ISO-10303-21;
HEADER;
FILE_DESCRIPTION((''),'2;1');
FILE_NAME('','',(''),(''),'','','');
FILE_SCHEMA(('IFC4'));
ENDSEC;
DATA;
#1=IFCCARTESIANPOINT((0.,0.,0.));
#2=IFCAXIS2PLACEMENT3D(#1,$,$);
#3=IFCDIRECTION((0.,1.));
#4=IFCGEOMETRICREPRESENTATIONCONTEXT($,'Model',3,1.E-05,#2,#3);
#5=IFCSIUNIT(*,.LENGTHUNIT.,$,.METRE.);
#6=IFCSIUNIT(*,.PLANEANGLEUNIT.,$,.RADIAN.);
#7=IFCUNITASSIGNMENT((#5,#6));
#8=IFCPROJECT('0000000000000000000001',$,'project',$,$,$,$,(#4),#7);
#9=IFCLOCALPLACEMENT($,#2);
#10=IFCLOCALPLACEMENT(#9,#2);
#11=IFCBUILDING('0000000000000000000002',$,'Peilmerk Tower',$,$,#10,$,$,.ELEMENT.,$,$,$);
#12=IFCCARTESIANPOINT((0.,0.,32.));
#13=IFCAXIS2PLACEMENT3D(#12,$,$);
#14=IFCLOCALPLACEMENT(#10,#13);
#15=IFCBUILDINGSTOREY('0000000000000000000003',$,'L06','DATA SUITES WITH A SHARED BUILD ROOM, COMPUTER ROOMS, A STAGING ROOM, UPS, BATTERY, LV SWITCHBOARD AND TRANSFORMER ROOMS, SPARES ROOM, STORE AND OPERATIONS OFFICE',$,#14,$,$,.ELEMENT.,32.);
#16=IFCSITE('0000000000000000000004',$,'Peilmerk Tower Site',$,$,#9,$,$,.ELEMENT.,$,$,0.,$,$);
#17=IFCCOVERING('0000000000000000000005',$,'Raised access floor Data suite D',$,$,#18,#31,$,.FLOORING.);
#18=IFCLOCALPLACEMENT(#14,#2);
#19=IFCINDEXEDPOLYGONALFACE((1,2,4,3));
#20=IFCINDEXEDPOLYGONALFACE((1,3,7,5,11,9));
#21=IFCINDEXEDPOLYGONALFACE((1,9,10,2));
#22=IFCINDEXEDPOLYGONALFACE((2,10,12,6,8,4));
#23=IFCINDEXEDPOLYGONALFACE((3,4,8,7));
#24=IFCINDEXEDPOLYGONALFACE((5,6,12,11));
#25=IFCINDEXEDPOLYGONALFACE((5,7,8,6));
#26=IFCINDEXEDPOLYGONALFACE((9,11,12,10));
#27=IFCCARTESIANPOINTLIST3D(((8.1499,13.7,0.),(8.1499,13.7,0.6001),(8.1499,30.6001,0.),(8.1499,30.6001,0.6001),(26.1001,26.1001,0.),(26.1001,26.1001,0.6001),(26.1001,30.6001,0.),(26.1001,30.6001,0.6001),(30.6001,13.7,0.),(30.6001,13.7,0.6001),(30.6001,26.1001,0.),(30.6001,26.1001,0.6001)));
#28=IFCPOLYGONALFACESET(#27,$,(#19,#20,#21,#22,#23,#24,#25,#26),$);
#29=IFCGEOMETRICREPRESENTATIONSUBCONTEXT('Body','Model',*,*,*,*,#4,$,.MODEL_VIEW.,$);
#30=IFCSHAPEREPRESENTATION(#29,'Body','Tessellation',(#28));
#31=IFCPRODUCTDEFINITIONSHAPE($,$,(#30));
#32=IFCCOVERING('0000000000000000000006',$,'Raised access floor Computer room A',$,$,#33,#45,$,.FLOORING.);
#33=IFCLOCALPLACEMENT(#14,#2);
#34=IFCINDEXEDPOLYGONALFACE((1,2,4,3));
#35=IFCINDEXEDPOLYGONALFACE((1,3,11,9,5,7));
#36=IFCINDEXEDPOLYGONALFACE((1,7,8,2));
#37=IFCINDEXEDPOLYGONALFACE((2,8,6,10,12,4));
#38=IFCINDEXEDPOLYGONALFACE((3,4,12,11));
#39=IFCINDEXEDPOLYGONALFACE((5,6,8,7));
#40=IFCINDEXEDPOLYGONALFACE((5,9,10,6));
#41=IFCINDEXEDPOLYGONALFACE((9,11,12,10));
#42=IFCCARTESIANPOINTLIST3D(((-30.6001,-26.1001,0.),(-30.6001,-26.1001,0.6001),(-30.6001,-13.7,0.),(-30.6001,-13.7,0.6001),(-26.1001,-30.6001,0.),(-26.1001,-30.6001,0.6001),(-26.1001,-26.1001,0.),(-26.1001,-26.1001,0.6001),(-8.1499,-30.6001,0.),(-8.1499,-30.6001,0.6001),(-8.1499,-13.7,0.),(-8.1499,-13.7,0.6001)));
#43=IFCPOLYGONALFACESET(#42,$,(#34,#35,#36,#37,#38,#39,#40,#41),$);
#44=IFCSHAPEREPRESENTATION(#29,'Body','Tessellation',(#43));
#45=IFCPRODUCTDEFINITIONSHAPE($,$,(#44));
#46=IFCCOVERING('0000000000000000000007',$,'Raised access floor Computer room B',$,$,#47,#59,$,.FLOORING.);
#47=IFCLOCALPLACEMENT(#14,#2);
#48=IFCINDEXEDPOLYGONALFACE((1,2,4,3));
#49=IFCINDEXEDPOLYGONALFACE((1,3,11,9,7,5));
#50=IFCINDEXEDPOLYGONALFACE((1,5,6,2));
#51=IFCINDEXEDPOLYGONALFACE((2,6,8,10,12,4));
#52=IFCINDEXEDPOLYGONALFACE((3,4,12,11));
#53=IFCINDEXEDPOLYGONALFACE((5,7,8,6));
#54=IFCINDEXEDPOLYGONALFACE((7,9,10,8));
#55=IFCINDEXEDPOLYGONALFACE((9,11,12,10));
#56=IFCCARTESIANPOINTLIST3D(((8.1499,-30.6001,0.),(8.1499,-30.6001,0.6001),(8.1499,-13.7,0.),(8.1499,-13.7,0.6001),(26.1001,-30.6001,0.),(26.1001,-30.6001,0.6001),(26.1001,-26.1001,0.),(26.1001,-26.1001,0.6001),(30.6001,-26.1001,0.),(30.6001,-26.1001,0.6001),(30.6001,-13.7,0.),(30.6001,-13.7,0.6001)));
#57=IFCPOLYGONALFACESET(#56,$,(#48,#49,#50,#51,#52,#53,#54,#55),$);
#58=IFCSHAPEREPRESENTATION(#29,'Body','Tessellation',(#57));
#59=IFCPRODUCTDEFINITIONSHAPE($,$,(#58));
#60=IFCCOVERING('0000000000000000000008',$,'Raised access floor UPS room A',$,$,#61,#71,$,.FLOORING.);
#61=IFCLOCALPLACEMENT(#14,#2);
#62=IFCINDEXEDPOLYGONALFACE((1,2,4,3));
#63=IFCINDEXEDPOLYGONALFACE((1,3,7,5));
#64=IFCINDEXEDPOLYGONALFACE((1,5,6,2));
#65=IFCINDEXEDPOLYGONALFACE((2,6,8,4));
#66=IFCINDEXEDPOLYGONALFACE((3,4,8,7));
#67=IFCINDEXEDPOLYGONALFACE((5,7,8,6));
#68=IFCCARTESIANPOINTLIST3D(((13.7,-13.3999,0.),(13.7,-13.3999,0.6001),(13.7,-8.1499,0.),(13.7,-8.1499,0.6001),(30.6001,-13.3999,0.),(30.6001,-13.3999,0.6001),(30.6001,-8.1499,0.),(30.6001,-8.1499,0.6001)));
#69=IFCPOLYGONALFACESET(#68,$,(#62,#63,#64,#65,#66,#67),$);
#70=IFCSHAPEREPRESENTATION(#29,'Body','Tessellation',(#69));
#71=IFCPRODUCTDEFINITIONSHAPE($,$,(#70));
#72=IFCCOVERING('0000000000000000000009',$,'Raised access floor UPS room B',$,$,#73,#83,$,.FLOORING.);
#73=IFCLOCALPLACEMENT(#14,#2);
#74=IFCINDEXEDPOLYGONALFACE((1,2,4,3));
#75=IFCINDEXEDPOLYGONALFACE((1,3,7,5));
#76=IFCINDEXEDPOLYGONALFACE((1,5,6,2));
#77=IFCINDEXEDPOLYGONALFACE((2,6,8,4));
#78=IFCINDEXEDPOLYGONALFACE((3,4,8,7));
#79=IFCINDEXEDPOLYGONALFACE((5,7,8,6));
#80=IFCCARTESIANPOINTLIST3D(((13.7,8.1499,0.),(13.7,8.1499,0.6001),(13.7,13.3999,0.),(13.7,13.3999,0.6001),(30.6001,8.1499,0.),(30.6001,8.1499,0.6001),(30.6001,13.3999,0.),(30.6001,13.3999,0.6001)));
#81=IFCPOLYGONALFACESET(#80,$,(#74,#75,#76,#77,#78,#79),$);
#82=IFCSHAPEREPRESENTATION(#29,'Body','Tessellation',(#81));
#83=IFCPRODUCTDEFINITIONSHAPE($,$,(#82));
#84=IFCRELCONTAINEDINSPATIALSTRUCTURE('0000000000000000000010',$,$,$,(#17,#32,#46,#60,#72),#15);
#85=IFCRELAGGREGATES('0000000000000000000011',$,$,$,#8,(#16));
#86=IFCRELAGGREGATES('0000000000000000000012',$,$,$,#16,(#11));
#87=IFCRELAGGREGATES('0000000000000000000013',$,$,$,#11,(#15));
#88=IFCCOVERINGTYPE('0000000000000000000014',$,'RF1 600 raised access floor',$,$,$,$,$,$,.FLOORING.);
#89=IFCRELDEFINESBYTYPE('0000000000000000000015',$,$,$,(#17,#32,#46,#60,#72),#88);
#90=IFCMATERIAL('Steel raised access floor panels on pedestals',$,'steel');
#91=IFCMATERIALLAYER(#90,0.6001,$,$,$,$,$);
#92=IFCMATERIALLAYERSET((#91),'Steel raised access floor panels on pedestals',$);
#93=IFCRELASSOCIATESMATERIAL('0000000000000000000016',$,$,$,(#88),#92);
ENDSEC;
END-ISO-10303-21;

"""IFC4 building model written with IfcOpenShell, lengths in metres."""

from ifc_helpers import new_model, si_unit, direction, frame, origin, place, context, subcontext, project, spatial, polyline, outline, extrude, material, layer, layer_set, type_object, element, save


model = new_model("IFC4")

# Units and contexts
model_context = context("Model", 3, precision=1e-05, world=origin(), true_north=direction((0.0, 1.0)))
body_context = subcontext(model_context, "Body", "Model", "MODEL_VIEW")
ifc_project = project(units=[si_unit("LENGTHUNIT", "METRE"), si_unit("PLANEANGLEUNIT", "RADIAN")], contexts=[model_context])

# Site, building, storey
site_placement = place(None, origin())
site = spatial("IfcSite", under=ifc_project, at=site_placement, Name="Peilmerk Tower Site", CompositionType="ELEMENT", RefElevation=0.0)
building_placement = place(site_placement, origin())
building = spatial("IfcBuilding", under=site, at=building_placement, Name="Peilmerk Tower", CompositionType="ELEMENT")
storey_placement = place(building_placement, frame((0.0, 0.0, 32.0)))
storey = spatial("IfcBuildingStorey", under=building, at=storey_placement, Name="L06", Description="DATA SUITES WITH A SHARED BUILD ROOM, COMPUTER ROOMS, A STAGING ROOM, UPS, BATTERY, LV SWITCHBOARD AND TRANSFORMER ROOMS, SPARES ROOM, STORE AND OPERATIONS OFFICE", CompositionType="ELEMENT", Elevation=32.0)

# Coverings
ifc_material_1 = material(Name="Steel raised access floor panels on pedestals", Category="steel")
ifc_layer_1 = layer(ifc_material_1, 0.6001)
ifc_layer_set_1 = layer_set([ifc_layer_1], Name="Steel raised access floor panels on pedestals")
covering_type_1 = type_object("IfcCoveringType", Name="RF1 600 raised access floor", PredefinedType="FLOORING", material=ifc_layer_set_1)
covering_1_placement = place(storey_placement, origin())
element("IfcCovering", 1, at=covering_1_placement, inside=storey, type_object=covering_type_1, Name="Raised access floor Data suite D", PredefinedType="FLOORING", context=body_context, shape_type="SweptSolid", body=[
    extrude(outline(polyline([(26.1001, 30.6001), (8.1499, 30.6001), (8.1499, 13.7), (30.6001, 13.7), (30.6001, 26.1001), (26.1001, 26.1001), (26.1001, 30.6001)])), origin(), (0.0, 0.0, 1.0), 0.6001),
])
covering_2_placement = place(storey_placement, origin())
element("IfcCovering", 2, at=covering_2_placement, inside=storey, type_object=covering_type_1, Name="Raised access floor Computer room A", PredefinedType="FLOORING", context=body_context, shape_type="SweptSolid", body=[
    extrude(outline(polyline([(-26.1001, -30.6001), (-8.1499, -30.6001), (-8.1499, -13.7), (-30.6001, -13.7), (-30.6001, -26.1001), (-26.1001, -26.1001), (-26.1001, -30.6001)])), origin(), (0.0, 0.0, 1.0), 0.6001),
])
covering_3_placement = place(storey_placement, origin())
element("IfcCovering", 3, at=covering_3_placement, inside=storey, type_object=covering_type_1, Name="Raised access floor Computer room B", PredefinedType="FLOORING", context=body_context, shape_type="SweptSolid", body=[
    extrude(outline(polyline([(8.1499, -30.6001), (26.1001, -30.6001), (26.1001, -26.1001), (30.6001, -26.1001), (30.6001, -13.7), (8.1499, -13.7), (8.1499, -30.6001)])), origin(), (0.0, 0.0, 1.0), 0.6001),
])
covering_4_placement = place(storey_placement, origin())
element("IfcCovering", 4, at=covering_4_placement, inside=storey, type_object=covering_type_1, Name="Raised access floor UPS room A", PredefinedType="FLOORING", context=body_context, shape_type="SweptSolid", body=[
    extrude(outline(polyline([(30.6001, -13.3999), (30.6001, -8.1499), (13.7, -8.1499), (13.7, -13.3999), (30.6001, -13.3999)])), origin(), (0.0, 0.0, 1.0), 0.6001),
])
covering_5_placement = place(storey_placement, origin())
element("IfcCovering", 5, at=covering_5_placement, inside=storey, type_object=covering_type_1, Name="Raised access floor UPS room B", PredefinedType="FLOORING", context=body_context, shape_type="SweptSolid", body=[
    extrude(outline(polyline([(30.6001, 8.1499), (30.6001, 13.3999), (13.7, 13.3999), (13.7, 8.1499), (30.6001, 8.1499)])), origin(), (0.0, 0.0, 1.0), 0.6001),
])

save(model, "model.ifc")
